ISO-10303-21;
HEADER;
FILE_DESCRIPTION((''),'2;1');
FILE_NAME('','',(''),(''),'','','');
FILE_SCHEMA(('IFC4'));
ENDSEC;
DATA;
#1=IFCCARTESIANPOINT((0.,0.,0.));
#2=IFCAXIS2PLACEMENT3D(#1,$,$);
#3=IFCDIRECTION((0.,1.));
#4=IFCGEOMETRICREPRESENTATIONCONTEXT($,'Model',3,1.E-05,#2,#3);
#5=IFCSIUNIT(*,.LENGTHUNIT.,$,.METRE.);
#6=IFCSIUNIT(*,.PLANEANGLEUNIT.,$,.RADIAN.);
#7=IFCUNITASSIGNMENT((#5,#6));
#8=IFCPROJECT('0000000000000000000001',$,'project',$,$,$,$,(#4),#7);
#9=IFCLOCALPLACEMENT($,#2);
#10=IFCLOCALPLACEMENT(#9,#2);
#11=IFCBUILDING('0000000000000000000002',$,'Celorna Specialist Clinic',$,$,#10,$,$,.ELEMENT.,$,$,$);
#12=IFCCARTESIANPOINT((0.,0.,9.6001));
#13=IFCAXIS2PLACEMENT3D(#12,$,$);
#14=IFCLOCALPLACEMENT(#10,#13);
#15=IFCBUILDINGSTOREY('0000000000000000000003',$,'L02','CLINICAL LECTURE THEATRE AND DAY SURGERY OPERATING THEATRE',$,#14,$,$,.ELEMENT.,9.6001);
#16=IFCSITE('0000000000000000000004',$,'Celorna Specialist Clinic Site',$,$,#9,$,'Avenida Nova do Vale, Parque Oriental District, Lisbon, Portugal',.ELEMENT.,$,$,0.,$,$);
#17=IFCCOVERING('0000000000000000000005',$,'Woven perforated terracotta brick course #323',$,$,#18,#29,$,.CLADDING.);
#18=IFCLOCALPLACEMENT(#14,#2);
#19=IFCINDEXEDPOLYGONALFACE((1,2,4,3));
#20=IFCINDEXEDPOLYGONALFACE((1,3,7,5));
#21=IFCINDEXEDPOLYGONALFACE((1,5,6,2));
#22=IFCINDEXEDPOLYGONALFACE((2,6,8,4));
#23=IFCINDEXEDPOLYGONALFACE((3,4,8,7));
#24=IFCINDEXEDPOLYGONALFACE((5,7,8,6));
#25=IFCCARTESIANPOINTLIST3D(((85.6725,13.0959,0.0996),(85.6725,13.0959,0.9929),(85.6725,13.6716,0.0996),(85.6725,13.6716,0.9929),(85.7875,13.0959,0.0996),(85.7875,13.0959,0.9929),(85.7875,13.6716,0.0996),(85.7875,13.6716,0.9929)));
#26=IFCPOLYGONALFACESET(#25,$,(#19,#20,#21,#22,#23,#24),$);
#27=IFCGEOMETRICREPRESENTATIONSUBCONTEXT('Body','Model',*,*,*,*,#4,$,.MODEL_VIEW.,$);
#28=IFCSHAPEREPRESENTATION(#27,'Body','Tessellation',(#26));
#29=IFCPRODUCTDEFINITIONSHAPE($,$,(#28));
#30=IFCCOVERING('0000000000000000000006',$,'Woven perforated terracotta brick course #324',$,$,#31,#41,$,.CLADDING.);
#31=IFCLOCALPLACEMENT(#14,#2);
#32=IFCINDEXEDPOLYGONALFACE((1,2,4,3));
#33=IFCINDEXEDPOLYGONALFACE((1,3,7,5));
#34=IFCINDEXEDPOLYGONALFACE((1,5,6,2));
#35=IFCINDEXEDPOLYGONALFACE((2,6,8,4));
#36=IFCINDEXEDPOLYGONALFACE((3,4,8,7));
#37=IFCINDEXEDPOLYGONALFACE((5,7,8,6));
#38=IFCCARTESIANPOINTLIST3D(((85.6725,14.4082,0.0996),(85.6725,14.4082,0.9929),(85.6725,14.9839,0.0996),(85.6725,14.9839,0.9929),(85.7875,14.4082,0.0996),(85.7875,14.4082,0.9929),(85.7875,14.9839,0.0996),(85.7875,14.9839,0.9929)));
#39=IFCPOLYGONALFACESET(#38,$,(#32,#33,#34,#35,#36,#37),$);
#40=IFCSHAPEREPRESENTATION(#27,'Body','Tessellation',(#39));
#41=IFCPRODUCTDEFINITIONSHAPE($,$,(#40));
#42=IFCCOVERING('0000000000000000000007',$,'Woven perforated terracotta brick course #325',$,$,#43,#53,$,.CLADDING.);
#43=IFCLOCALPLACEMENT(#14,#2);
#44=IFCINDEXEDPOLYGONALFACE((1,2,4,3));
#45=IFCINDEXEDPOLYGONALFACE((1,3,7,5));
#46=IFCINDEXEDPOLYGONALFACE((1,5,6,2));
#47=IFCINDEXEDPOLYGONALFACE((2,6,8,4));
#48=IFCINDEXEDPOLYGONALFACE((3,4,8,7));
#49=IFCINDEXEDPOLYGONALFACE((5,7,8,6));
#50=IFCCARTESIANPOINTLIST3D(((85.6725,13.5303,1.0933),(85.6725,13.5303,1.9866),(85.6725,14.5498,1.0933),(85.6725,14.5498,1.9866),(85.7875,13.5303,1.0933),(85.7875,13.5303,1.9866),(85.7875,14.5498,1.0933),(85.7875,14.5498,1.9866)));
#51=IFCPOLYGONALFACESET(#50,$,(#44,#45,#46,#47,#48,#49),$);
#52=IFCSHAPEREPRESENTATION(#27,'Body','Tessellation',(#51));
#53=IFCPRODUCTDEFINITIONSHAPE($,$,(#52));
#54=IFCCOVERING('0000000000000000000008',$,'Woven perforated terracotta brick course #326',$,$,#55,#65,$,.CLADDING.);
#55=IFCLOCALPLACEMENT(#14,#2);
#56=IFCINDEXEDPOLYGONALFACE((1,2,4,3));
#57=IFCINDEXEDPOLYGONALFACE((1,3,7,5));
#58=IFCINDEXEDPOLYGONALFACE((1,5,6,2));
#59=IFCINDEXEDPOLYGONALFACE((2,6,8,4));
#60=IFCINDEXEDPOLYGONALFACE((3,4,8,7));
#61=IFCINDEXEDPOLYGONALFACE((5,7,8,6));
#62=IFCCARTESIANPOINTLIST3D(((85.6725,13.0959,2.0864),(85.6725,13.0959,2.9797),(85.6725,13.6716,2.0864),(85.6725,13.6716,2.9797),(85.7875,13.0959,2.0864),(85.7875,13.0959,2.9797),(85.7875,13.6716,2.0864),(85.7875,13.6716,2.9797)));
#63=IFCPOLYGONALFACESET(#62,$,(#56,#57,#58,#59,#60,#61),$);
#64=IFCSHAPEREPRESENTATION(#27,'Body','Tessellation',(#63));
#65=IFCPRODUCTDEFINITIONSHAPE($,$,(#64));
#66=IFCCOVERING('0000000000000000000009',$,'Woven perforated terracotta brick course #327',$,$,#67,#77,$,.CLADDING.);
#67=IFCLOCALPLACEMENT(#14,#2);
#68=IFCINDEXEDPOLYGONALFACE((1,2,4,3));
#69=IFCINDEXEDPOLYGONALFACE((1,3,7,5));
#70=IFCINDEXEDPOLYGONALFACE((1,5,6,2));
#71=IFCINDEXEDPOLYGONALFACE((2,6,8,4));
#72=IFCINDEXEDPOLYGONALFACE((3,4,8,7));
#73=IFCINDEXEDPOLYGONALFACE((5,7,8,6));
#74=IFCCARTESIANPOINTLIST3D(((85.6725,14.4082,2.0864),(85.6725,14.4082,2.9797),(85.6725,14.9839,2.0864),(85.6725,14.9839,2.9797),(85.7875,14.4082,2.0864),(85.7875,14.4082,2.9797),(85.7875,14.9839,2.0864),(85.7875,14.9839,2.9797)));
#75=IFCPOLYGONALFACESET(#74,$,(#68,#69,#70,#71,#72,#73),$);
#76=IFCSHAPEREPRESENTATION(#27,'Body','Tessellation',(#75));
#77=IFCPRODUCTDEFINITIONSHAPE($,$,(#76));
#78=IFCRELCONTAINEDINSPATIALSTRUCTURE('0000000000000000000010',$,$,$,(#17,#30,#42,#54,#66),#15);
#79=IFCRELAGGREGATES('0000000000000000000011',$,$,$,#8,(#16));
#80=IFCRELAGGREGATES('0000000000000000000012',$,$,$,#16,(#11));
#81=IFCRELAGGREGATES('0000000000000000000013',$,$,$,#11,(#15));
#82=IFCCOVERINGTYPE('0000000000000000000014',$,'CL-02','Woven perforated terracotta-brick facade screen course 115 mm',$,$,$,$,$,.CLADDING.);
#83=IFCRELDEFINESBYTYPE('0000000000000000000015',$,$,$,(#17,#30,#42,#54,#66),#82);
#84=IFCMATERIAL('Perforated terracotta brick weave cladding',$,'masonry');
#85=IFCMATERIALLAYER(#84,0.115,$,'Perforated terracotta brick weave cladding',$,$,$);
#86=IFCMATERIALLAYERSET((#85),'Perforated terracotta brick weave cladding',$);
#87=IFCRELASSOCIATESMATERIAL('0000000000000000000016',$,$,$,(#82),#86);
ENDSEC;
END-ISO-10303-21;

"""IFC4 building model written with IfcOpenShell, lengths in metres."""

from ifc_helpers import new_model, si_unit, direction, frame, origin, origin_2d, place, context, subcontext, project, spatial, rectangle, extrude, material, layer, layer_set, type_object, element, save


model = new_model("IFC4")

# Units and contexts
model_context = context("Model", 3, precision=1e-05, world=origin(), true_north=direction((0.0, 1.0)))
body_context = subcontext(model_context, "Body", "Model", "MODEL_VIEW")
ifc_project = project(units=[si_unit("LENGTHUNIT", "METRE"), si_unit("PLANEANGLEUNIT", "RADIAN")], contexts=[model_context])

# Site, building, storey
site_placement = place(None, origin())
site = spatial("IfcSite", under=ifc_project, at=site_placement, Name="Celorna Specialist Clinic Site", LongName="Avenida Nova do Vale, Parque Oriental District, Lisbon, Portugal", CompositionType="ELEMENT", RefElevation=0.0)
building_placement = place(site_placement, origin())
building = spatial("IfcBuilding", under=site, at=building_placement, Name="Celorna Specialist Clinic", CompositionType="ELEMENT")
storey_placement = place(building_placement, frame((0.0, 0.0, 9.6001)))
storey = spatial("IfcBuildingStorey", under=building, at=storey_placement, Name="L02", Description="CLINICAL LECTURE THEATRE AND DAY SURGERY OPERATING THEATRE", CompositionType="ELEMENT", Elevation=9.6001)

# Coverings
ifc_material_1 = material(Name="Perforated terracotta brick weave cladding", Category="masonry")
ifc_layer_1 = layer(ifc_material_1, 0.115, Name="Perforated terracotta brick weave cladding")
ifc_layer_set_1 = layer_set([ifc_layer_1], Name="Perforated terracotta brick weave cladding")
covering_type = type_object("IfcCoveringType", Name="CL-02", Description="Woven perforated terracotta-brick facade screen course 115 mm", PredefinedType="CLADDING", material=ifc_layer_set_1)
for number, where, z_axis, x_axis, name in (
    (1, (85.73, 13.3838, 0.0996), (0.0, 0.0, 1.0), (0.0, 1.0, 0.0), "Woven perforated terracotta brick course #323"),
    (2, (85.73, 14.696, 0.0996), (0.0, 0.0, 1.0), (0.0, 1.0, 0.0), "Woven perforated terracotta brick course #324"),
):
    element("IfcCovering", number, at=place(storey_placement, frame(where, z_axis=z_axis, x_axis=x_axis)), inside=storey, type_object=covering_type, Name=name, PredefinedType="CLADDING", context=body_context, shape_type="SweptSolid", body=[
        extrude(rectangle(XDim=0.5757, YDim=0.115, at=origin_2d()), origin(), (0.0, 0.0, 1.0), 0.8933),
    ])
covering_1_placement = place(storey_placement, frame((85.73, 14.04, 1.0933), z_axis=(0.0, 0.0, 1.0), x_axis=(0.0, 1.0, 0.0)))
element("IfcCovering", 3, at=covering_1_placement, inside=storey, type_object=covering_type, Name="Woven perforated terracotta brick course #325", PredefinedType="CLADDING", context=body_context, shape_type="SweptSolid", body=[
    extrude(rectangle(XDim=1.0195, YDim=0.115, at=origin_2d()), origin(), (0.0, 0.0, 1.0), 0.8933),
])
for number, where, z_axis, x_axis, name in (
    (4, (85.73, 13.3838, 2.0864), (0.0, 0.0, 1.0), (0.0, 1.0, 0.0), "Woven perforated terracotta brick course #326"),
    (5, (85.73, 14.696, 2.0864), (0.0, 0.0, 1.0), (0.0, 1.0, 0.0), "Woven perforated terracotta brick course #327"),
):
    element("IfcCovering", number, at=place(storey_placement, frame(where, z_axis=z_axis, x_axis=x_axis)), inside=storey, type_object=covering_type, Name=name, PredefinedType="CLADDING", context=body_context, shape_type="SweptSolid", body=[
        extrude(rectangle(XDim=0.5757, YDim=0.115, at=origin_2d()), origin(), (0.0, 0.0, 1.0), 0.8933),
    ])

save(model, "model.ifc")
